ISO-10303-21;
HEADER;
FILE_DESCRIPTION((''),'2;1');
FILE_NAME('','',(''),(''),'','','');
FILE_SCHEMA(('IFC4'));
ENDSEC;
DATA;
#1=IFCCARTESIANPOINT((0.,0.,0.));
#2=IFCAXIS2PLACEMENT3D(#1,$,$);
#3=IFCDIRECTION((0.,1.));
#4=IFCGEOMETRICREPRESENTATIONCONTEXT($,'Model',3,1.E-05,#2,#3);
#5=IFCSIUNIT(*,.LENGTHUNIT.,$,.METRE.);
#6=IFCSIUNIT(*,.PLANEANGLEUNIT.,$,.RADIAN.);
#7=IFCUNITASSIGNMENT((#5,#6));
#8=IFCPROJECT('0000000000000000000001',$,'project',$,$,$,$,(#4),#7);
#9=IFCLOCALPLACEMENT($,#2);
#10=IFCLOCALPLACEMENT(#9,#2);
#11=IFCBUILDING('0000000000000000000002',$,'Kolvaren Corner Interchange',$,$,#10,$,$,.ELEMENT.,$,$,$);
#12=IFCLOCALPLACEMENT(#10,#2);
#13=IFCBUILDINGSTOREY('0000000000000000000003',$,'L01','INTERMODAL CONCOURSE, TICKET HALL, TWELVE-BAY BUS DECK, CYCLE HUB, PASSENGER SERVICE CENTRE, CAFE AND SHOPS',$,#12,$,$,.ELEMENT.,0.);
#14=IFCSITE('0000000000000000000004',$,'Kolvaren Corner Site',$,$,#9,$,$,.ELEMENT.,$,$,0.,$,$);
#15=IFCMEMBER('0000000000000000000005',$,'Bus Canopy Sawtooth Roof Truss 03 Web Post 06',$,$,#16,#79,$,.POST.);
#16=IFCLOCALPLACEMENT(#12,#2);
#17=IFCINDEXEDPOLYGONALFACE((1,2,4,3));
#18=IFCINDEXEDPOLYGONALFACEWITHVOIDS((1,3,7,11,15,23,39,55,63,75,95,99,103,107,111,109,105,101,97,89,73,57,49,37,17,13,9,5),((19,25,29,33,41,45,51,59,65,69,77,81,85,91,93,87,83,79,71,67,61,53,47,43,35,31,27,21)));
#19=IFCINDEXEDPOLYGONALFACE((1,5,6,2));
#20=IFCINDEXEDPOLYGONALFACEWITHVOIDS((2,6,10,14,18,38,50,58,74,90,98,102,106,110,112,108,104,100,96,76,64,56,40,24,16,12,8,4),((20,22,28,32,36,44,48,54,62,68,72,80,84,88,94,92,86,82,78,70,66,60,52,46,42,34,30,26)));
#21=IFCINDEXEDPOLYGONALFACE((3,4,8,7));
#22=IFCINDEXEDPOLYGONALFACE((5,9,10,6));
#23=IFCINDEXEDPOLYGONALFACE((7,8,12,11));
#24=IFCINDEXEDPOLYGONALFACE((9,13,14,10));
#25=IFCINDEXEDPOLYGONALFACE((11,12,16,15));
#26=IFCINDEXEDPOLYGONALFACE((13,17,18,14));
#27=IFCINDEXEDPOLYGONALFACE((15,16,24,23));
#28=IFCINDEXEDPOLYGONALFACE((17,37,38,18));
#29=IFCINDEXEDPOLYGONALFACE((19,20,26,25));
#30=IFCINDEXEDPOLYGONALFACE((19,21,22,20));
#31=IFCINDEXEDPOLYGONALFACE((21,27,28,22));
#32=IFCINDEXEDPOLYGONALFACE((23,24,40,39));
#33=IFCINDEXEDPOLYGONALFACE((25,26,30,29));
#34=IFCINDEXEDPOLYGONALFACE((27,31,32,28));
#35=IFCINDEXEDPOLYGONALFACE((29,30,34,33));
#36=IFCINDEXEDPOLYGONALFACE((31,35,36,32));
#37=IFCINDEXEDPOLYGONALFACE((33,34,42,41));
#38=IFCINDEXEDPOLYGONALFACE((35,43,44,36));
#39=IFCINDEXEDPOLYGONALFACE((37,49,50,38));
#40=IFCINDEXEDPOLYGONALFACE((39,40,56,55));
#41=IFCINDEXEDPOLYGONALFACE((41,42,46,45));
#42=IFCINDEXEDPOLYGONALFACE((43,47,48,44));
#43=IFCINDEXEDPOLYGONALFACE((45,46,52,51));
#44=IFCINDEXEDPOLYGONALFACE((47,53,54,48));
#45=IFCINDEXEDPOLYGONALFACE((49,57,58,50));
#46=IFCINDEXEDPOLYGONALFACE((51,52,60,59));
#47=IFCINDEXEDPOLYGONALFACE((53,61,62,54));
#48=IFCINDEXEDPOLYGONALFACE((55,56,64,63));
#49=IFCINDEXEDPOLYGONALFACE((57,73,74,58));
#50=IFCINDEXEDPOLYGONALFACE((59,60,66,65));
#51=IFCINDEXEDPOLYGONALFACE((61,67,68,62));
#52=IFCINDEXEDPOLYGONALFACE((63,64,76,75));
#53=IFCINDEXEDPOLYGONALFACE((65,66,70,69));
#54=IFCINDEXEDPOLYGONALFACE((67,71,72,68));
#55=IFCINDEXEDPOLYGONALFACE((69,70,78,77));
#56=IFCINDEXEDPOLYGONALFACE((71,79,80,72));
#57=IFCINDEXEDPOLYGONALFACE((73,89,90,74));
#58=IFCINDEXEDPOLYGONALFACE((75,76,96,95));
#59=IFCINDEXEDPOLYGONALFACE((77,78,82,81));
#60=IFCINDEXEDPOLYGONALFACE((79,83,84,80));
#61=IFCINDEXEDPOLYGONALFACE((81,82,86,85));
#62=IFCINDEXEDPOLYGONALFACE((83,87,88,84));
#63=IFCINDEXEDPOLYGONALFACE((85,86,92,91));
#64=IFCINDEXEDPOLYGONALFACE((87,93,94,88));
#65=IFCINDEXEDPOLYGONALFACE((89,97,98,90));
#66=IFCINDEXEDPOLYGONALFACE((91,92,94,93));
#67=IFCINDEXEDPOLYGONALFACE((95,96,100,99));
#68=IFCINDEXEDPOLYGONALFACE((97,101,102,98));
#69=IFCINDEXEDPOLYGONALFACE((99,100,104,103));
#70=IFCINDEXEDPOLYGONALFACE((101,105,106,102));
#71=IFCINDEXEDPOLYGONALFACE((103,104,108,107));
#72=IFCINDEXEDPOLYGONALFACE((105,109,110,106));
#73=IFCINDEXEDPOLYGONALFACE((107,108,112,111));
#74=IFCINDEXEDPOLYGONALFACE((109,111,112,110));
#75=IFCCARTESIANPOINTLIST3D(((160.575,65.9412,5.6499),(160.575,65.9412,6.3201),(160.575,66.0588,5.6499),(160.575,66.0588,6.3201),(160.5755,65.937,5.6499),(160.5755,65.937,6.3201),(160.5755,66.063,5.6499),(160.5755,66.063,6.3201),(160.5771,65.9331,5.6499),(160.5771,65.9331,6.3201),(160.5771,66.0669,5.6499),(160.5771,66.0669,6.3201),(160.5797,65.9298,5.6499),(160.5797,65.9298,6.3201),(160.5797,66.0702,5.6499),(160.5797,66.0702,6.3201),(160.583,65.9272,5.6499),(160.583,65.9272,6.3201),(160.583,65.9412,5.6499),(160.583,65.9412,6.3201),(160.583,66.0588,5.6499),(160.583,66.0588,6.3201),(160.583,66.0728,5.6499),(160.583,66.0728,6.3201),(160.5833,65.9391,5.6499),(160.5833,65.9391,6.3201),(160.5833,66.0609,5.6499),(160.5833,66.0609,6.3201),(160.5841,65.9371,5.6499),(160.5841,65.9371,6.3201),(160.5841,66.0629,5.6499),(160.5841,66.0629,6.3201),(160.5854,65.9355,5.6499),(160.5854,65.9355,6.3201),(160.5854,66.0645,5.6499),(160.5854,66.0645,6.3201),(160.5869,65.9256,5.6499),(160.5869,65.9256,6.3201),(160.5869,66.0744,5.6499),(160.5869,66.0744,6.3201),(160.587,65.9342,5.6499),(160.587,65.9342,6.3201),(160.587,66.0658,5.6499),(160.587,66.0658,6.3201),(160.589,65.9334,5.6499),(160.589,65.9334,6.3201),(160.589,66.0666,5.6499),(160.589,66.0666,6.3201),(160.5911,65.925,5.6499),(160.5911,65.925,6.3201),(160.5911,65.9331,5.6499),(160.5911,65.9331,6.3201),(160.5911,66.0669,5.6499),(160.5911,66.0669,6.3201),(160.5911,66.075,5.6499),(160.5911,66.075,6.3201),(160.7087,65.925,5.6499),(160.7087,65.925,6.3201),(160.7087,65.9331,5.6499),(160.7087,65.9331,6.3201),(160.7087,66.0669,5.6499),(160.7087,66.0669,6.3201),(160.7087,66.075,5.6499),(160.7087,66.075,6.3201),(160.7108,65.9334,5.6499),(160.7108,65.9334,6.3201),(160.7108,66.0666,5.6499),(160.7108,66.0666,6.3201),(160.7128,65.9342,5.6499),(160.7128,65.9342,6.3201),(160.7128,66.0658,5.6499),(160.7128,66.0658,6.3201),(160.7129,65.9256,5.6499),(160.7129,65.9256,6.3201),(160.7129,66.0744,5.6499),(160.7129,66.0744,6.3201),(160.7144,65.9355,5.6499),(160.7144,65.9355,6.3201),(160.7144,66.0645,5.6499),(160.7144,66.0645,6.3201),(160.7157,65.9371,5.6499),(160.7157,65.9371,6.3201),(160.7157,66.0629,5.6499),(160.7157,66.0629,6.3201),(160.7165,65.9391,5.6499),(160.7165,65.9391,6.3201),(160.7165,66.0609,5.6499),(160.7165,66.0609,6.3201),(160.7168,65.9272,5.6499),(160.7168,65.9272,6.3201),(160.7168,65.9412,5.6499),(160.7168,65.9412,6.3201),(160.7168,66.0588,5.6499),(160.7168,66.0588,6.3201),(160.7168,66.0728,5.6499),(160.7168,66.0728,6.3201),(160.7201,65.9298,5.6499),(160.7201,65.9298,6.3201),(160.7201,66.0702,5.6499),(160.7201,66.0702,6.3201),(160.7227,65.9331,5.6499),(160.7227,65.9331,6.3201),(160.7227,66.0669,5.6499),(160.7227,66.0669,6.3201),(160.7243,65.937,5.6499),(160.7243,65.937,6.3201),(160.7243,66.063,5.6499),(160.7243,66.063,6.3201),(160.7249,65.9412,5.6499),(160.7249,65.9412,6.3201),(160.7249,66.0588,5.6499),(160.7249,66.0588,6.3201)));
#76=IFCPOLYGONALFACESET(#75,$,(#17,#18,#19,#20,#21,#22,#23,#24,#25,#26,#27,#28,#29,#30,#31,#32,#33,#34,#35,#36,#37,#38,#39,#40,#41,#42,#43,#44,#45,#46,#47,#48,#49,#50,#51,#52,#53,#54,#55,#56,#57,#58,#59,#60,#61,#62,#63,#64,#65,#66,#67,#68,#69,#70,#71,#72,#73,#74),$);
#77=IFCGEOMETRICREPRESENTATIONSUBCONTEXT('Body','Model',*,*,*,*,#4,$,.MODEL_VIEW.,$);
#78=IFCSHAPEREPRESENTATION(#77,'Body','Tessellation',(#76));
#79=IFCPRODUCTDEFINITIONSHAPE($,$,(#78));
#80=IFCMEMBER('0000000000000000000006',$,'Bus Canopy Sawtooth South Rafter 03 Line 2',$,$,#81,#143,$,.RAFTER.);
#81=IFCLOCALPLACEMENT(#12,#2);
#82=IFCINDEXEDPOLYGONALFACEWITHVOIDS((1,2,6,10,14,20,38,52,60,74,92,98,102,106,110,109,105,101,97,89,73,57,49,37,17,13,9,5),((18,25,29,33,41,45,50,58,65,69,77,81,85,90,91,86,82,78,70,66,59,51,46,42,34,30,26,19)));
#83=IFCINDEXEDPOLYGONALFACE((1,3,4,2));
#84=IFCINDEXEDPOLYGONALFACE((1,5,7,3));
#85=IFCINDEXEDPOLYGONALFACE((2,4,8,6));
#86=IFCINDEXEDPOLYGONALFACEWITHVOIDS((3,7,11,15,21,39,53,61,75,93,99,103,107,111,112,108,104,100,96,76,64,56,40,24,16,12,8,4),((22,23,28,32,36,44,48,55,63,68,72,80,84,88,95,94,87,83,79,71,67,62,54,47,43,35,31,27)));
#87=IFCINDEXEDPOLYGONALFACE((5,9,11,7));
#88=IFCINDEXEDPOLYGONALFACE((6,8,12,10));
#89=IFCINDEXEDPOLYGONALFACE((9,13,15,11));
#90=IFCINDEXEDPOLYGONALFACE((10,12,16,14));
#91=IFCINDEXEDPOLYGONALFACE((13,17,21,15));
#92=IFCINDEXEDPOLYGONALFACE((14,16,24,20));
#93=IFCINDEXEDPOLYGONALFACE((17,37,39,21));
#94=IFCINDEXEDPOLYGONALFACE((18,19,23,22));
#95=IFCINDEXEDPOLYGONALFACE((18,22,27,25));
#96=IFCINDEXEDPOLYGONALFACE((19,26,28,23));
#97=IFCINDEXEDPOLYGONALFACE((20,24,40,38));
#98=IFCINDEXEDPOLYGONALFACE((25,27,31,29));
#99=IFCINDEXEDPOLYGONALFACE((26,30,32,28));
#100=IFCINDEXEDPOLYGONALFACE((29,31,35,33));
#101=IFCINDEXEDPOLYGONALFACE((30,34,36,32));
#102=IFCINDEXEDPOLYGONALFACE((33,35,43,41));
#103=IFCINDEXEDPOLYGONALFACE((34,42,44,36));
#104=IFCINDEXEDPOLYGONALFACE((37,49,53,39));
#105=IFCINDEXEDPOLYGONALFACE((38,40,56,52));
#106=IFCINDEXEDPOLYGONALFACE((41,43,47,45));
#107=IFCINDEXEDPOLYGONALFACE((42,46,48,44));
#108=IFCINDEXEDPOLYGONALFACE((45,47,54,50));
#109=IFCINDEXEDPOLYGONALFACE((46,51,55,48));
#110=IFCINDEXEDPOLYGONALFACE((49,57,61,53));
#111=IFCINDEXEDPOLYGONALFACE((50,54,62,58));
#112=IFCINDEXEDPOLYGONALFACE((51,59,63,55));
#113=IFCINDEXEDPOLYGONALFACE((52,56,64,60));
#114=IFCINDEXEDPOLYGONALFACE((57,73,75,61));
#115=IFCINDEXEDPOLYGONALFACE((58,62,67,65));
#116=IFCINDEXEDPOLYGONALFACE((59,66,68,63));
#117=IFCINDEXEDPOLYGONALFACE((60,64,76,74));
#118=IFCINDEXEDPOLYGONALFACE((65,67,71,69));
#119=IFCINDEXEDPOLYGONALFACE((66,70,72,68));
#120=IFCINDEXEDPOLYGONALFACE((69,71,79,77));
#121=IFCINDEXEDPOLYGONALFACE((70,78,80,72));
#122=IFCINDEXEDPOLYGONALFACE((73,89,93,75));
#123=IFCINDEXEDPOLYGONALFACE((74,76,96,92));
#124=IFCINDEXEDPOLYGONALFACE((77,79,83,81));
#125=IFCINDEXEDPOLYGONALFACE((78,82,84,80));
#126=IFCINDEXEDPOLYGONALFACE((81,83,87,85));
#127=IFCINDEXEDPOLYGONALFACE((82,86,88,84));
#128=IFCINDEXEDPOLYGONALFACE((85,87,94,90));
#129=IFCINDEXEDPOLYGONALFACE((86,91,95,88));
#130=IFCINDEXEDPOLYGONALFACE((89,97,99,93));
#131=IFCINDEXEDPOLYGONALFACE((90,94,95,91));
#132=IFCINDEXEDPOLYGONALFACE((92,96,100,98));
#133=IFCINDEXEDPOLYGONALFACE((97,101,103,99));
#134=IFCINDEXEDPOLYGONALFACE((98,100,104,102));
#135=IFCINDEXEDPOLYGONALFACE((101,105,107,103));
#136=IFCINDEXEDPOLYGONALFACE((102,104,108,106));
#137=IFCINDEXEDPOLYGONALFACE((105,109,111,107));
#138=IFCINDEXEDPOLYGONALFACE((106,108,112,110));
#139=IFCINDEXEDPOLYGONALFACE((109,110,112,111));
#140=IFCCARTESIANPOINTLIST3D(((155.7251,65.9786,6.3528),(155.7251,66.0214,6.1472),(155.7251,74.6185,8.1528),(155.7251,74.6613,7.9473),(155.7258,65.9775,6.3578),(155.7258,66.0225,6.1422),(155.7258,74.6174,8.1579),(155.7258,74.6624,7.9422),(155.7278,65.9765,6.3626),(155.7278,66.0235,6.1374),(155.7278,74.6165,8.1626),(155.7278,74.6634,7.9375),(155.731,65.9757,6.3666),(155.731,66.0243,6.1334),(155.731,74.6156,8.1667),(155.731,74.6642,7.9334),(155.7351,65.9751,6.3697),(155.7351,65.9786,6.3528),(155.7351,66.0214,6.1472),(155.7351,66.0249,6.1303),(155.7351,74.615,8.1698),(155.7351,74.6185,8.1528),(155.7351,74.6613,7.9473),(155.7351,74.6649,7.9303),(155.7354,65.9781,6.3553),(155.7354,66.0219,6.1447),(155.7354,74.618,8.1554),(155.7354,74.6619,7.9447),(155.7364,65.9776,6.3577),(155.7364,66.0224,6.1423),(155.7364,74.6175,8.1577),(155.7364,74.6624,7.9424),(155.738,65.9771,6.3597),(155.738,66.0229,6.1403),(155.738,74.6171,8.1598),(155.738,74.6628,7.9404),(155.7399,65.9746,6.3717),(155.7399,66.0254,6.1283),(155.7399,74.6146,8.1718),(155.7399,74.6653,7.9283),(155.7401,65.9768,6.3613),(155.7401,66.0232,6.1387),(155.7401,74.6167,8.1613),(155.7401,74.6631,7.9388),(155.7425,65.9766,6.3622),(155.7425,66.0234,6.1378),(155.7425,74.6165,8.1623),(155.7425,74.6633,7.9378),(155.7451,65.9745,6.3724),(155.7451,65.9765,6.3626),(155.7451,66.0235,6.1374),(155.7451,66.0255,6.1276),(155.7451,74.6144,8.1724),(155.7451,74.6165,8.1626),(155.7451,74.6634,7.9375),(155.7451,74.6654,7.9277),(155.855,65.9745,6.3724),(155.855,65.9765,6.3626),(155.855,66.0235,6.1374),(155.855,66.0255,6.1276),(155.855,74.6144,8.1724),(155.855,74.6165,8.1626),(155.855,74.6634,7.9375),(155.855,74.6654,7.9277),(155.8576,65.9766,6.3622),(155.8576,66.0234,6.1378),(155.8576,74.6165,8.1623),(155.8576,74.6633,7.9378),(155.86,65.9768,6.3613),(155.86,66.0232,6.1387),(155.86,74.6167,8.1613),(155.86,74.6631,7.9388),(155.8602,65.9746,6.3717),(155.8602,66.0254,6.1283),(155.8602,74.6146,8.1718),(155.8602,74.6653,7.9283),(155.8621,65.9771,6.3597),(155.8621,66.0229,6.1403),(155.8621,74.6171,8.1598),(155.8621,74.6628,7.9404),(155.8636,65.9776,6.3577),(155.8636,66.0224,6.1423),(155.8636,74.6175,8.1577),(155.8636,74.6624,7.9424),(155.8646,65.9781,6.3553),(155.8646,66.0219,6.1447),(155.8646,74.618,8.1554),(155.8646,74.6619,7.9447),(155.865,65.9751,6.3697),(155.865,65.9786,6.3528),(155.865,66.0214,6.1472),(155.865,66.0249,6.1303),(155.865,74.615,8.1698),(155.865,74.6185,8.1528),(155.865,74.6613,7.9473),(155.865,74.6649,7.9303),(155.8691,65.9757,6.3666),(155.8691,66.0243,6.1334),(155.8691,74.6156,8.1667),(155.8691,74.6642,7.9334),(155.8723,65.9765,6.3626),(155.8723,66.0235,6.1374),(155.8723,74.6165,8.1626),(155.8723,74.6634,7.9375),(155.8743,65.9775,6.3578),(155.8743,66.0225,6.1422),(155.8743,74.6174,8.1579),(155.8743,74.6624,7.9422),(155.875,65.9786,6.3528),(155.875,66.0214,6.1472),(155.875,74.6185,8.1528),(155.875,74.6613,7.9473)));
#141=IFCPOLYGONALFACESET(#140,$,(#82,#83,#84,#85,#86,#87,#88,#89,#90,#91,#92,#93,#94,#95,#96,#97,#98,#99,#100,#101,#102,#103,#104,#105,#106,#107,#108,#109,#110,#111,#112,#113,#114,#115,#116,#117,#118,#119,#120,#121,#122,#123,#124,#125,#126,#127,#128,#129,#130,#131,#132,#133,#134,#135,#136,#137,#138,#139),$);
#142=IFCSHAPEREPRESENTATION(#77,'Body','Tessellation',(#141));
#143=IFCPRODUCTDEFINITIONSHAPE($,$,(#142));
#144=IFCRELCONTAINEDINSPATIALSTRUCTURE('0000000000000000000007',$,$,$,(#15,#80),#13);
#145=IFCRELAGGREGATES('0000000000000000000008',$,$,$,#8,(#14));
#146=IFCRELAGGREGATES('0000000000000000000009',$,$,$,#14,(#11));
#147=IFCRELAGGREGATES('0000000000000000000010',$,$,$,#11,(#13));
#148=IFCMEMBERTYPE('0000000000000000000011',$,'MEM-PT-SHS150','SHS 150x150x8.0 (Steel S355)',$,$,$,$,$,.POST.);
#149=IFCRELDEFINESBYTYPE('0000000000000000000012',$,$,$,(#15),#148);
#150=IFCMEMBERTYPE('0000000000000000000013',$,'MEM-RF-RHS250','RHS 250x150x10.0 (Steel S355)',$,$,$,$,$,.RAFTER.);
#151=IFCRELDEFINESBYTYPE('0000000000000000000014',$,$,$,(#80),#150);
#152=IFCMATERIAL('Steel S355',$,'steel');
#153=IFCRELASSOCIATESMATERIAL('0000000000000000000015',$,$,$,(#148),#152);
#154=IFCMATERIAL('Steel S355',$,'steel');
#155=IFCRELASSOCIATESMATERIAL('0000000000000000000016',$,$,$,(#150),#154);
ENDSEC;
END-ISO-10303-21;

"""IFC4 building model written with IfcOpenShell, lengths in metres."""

from ifc_helpers import new_model, si_unit, direction, frame, origin, origin_2d, place, context, subcontext, project, spatial, hollow_rectangle, extrude, material, material_profile, profile_set, type_object, element, save


model = new_model("IFC4")

# Units and contexts
model_context = context("Model", 3, precision=1e-05, world=origin(), true_north=direction((0.0, 1.0)))
body_context = subcontext(model_context, "Body", "Model", "MODEL_VIEW")
ifc_project = project(units=[si_unit("LENGTHUNIT", "METRE"), si_unit("PLANEANGLEUNIT", "RADIAN")], contexts=[model_context])

# Site, building, storey
site_placement = place(None, origin())
site = spatial("IfcSite", under=ifc_project, at=site_placement, Name="Kolvaren Corner Site", CompositionType="ELEMENT", RefElevation=0.0)
building_placement = place(site_placement, origin())
building = spatial("IfcBuilding", under=site, at=building_placement, Name="Kolvaren Corner Interchange", CompositionType="ELEMENT")
storey_placement = place(building_placement, origin())
storey = spatial("IfcBuildingStorey", under=building, at=storey_placement, Name="L01", Description="INTERMODAL CONCOURSE, TICKET HALL, TWELVE-BAY BUS DECK, CYCLE HUB, PASSENGER SERVICE CENTRE, CAFE AND SHOPS", CompositionType="ELEMENT", Elevation=0.0)

# Members
ifc_material_1 = material(Name="Steel S355", Category="steel")
ifc_material_profile_1 = material_profile(ifc_material_1, hollow_rectangle(XDim=0.1499, YDim=0.1499, WallThickness=0.0081, InnerFilletRadius=0.0081, OuterFilletRadius=0.0161, at=origin_2d()), Name="SHS 150x150x8.0")
ifc_profile_set_1 = profile_set([ifc_material_profile_1], Name="Steel S355")
member_type_1 = type_object("IfcMemberType", Name="MEM-PT-SHS150", Description="SHS 150x150x8.0 (Steel S355)", PredefinedType="POST", material=ifc_profile_set_1)
for number, where, z_axis, x_axis, name in (
    (1, (160.6499, 66.0, 5.6499), (0.0, 0.0, 1.0), (1.0, 0.0, 0.0), "Bus Canopy Sawtooth Roof Truss 03 Web Post 06"),
):
    element("IfcMember", number, at=place(storey_placement, frame(where, z_axis=z_axis, x_axis=x_axis)), inside=storey, type_object=member_type_1, Name=name, PredefinedType="POST", context=body_context, shape_type="SweptSolid", body=[
        extrude(hollow_rectangle(XDim=0.1499, YDim=0.1499, WallThickness=0.0081, InnerFilletRadius=0.0081, OuterFilletRadius=0.0161, at=origin_2d()), origin(), (0.0, 0.0, 1.0), 0.6702),
    ])
ifc_material_2 = material(Name="Steel S355", Category="steel")
ifc_material_profile_2 = material_profile(ifc_material_2, hollow_rectangle(XDim=0.1499, YDim=0.25, WallThickness=0.01, InnerFilletRadius=0.01, OuterFilletRadius=0.02, at=origin_2d()), Name="RHS 250x150x10.0")
ifc_profile_set_2 = profile_set([ifc_material_profile_2], Name="Steel S355")
member_type_2 = type_object("IfcMemberType", Name="MEM-RF-RHS250", Description="RHS 250x150x10.0 (Steel S355)", PredefinedType="RAFTER", material=ifc_profile_set_2)
for number, where, z_axis, x_axis, name in (
    (2, (155.8, 66.0, 6.25), (0.0, 0.978979, 0.203962), (-1.0, 0.0, 0.0), "Bus Canopy Sawtooth South Rafter 03 Line 2"),
):
    element("IfcMember", number, at=place(storey_placement, frame(where, z_axis=z_axis, x_axis=x_axis)), inside=storey, type_object=member_type_2, Name=name, PredefinedType="RAFTER", context=body_context, shape_type="SweptSolid", body=[
        extrude(hollow_rectangle(XDim=0.1499, YDim=0.25, WallThickness=0.01, InnerFilletRadius=0.01, OuterFilletRadius=0.02, at=origin_2d()), origin(), (0.0, 0.0, 1.0), 8.8254),
    ])

save(model, "model.ifc")
